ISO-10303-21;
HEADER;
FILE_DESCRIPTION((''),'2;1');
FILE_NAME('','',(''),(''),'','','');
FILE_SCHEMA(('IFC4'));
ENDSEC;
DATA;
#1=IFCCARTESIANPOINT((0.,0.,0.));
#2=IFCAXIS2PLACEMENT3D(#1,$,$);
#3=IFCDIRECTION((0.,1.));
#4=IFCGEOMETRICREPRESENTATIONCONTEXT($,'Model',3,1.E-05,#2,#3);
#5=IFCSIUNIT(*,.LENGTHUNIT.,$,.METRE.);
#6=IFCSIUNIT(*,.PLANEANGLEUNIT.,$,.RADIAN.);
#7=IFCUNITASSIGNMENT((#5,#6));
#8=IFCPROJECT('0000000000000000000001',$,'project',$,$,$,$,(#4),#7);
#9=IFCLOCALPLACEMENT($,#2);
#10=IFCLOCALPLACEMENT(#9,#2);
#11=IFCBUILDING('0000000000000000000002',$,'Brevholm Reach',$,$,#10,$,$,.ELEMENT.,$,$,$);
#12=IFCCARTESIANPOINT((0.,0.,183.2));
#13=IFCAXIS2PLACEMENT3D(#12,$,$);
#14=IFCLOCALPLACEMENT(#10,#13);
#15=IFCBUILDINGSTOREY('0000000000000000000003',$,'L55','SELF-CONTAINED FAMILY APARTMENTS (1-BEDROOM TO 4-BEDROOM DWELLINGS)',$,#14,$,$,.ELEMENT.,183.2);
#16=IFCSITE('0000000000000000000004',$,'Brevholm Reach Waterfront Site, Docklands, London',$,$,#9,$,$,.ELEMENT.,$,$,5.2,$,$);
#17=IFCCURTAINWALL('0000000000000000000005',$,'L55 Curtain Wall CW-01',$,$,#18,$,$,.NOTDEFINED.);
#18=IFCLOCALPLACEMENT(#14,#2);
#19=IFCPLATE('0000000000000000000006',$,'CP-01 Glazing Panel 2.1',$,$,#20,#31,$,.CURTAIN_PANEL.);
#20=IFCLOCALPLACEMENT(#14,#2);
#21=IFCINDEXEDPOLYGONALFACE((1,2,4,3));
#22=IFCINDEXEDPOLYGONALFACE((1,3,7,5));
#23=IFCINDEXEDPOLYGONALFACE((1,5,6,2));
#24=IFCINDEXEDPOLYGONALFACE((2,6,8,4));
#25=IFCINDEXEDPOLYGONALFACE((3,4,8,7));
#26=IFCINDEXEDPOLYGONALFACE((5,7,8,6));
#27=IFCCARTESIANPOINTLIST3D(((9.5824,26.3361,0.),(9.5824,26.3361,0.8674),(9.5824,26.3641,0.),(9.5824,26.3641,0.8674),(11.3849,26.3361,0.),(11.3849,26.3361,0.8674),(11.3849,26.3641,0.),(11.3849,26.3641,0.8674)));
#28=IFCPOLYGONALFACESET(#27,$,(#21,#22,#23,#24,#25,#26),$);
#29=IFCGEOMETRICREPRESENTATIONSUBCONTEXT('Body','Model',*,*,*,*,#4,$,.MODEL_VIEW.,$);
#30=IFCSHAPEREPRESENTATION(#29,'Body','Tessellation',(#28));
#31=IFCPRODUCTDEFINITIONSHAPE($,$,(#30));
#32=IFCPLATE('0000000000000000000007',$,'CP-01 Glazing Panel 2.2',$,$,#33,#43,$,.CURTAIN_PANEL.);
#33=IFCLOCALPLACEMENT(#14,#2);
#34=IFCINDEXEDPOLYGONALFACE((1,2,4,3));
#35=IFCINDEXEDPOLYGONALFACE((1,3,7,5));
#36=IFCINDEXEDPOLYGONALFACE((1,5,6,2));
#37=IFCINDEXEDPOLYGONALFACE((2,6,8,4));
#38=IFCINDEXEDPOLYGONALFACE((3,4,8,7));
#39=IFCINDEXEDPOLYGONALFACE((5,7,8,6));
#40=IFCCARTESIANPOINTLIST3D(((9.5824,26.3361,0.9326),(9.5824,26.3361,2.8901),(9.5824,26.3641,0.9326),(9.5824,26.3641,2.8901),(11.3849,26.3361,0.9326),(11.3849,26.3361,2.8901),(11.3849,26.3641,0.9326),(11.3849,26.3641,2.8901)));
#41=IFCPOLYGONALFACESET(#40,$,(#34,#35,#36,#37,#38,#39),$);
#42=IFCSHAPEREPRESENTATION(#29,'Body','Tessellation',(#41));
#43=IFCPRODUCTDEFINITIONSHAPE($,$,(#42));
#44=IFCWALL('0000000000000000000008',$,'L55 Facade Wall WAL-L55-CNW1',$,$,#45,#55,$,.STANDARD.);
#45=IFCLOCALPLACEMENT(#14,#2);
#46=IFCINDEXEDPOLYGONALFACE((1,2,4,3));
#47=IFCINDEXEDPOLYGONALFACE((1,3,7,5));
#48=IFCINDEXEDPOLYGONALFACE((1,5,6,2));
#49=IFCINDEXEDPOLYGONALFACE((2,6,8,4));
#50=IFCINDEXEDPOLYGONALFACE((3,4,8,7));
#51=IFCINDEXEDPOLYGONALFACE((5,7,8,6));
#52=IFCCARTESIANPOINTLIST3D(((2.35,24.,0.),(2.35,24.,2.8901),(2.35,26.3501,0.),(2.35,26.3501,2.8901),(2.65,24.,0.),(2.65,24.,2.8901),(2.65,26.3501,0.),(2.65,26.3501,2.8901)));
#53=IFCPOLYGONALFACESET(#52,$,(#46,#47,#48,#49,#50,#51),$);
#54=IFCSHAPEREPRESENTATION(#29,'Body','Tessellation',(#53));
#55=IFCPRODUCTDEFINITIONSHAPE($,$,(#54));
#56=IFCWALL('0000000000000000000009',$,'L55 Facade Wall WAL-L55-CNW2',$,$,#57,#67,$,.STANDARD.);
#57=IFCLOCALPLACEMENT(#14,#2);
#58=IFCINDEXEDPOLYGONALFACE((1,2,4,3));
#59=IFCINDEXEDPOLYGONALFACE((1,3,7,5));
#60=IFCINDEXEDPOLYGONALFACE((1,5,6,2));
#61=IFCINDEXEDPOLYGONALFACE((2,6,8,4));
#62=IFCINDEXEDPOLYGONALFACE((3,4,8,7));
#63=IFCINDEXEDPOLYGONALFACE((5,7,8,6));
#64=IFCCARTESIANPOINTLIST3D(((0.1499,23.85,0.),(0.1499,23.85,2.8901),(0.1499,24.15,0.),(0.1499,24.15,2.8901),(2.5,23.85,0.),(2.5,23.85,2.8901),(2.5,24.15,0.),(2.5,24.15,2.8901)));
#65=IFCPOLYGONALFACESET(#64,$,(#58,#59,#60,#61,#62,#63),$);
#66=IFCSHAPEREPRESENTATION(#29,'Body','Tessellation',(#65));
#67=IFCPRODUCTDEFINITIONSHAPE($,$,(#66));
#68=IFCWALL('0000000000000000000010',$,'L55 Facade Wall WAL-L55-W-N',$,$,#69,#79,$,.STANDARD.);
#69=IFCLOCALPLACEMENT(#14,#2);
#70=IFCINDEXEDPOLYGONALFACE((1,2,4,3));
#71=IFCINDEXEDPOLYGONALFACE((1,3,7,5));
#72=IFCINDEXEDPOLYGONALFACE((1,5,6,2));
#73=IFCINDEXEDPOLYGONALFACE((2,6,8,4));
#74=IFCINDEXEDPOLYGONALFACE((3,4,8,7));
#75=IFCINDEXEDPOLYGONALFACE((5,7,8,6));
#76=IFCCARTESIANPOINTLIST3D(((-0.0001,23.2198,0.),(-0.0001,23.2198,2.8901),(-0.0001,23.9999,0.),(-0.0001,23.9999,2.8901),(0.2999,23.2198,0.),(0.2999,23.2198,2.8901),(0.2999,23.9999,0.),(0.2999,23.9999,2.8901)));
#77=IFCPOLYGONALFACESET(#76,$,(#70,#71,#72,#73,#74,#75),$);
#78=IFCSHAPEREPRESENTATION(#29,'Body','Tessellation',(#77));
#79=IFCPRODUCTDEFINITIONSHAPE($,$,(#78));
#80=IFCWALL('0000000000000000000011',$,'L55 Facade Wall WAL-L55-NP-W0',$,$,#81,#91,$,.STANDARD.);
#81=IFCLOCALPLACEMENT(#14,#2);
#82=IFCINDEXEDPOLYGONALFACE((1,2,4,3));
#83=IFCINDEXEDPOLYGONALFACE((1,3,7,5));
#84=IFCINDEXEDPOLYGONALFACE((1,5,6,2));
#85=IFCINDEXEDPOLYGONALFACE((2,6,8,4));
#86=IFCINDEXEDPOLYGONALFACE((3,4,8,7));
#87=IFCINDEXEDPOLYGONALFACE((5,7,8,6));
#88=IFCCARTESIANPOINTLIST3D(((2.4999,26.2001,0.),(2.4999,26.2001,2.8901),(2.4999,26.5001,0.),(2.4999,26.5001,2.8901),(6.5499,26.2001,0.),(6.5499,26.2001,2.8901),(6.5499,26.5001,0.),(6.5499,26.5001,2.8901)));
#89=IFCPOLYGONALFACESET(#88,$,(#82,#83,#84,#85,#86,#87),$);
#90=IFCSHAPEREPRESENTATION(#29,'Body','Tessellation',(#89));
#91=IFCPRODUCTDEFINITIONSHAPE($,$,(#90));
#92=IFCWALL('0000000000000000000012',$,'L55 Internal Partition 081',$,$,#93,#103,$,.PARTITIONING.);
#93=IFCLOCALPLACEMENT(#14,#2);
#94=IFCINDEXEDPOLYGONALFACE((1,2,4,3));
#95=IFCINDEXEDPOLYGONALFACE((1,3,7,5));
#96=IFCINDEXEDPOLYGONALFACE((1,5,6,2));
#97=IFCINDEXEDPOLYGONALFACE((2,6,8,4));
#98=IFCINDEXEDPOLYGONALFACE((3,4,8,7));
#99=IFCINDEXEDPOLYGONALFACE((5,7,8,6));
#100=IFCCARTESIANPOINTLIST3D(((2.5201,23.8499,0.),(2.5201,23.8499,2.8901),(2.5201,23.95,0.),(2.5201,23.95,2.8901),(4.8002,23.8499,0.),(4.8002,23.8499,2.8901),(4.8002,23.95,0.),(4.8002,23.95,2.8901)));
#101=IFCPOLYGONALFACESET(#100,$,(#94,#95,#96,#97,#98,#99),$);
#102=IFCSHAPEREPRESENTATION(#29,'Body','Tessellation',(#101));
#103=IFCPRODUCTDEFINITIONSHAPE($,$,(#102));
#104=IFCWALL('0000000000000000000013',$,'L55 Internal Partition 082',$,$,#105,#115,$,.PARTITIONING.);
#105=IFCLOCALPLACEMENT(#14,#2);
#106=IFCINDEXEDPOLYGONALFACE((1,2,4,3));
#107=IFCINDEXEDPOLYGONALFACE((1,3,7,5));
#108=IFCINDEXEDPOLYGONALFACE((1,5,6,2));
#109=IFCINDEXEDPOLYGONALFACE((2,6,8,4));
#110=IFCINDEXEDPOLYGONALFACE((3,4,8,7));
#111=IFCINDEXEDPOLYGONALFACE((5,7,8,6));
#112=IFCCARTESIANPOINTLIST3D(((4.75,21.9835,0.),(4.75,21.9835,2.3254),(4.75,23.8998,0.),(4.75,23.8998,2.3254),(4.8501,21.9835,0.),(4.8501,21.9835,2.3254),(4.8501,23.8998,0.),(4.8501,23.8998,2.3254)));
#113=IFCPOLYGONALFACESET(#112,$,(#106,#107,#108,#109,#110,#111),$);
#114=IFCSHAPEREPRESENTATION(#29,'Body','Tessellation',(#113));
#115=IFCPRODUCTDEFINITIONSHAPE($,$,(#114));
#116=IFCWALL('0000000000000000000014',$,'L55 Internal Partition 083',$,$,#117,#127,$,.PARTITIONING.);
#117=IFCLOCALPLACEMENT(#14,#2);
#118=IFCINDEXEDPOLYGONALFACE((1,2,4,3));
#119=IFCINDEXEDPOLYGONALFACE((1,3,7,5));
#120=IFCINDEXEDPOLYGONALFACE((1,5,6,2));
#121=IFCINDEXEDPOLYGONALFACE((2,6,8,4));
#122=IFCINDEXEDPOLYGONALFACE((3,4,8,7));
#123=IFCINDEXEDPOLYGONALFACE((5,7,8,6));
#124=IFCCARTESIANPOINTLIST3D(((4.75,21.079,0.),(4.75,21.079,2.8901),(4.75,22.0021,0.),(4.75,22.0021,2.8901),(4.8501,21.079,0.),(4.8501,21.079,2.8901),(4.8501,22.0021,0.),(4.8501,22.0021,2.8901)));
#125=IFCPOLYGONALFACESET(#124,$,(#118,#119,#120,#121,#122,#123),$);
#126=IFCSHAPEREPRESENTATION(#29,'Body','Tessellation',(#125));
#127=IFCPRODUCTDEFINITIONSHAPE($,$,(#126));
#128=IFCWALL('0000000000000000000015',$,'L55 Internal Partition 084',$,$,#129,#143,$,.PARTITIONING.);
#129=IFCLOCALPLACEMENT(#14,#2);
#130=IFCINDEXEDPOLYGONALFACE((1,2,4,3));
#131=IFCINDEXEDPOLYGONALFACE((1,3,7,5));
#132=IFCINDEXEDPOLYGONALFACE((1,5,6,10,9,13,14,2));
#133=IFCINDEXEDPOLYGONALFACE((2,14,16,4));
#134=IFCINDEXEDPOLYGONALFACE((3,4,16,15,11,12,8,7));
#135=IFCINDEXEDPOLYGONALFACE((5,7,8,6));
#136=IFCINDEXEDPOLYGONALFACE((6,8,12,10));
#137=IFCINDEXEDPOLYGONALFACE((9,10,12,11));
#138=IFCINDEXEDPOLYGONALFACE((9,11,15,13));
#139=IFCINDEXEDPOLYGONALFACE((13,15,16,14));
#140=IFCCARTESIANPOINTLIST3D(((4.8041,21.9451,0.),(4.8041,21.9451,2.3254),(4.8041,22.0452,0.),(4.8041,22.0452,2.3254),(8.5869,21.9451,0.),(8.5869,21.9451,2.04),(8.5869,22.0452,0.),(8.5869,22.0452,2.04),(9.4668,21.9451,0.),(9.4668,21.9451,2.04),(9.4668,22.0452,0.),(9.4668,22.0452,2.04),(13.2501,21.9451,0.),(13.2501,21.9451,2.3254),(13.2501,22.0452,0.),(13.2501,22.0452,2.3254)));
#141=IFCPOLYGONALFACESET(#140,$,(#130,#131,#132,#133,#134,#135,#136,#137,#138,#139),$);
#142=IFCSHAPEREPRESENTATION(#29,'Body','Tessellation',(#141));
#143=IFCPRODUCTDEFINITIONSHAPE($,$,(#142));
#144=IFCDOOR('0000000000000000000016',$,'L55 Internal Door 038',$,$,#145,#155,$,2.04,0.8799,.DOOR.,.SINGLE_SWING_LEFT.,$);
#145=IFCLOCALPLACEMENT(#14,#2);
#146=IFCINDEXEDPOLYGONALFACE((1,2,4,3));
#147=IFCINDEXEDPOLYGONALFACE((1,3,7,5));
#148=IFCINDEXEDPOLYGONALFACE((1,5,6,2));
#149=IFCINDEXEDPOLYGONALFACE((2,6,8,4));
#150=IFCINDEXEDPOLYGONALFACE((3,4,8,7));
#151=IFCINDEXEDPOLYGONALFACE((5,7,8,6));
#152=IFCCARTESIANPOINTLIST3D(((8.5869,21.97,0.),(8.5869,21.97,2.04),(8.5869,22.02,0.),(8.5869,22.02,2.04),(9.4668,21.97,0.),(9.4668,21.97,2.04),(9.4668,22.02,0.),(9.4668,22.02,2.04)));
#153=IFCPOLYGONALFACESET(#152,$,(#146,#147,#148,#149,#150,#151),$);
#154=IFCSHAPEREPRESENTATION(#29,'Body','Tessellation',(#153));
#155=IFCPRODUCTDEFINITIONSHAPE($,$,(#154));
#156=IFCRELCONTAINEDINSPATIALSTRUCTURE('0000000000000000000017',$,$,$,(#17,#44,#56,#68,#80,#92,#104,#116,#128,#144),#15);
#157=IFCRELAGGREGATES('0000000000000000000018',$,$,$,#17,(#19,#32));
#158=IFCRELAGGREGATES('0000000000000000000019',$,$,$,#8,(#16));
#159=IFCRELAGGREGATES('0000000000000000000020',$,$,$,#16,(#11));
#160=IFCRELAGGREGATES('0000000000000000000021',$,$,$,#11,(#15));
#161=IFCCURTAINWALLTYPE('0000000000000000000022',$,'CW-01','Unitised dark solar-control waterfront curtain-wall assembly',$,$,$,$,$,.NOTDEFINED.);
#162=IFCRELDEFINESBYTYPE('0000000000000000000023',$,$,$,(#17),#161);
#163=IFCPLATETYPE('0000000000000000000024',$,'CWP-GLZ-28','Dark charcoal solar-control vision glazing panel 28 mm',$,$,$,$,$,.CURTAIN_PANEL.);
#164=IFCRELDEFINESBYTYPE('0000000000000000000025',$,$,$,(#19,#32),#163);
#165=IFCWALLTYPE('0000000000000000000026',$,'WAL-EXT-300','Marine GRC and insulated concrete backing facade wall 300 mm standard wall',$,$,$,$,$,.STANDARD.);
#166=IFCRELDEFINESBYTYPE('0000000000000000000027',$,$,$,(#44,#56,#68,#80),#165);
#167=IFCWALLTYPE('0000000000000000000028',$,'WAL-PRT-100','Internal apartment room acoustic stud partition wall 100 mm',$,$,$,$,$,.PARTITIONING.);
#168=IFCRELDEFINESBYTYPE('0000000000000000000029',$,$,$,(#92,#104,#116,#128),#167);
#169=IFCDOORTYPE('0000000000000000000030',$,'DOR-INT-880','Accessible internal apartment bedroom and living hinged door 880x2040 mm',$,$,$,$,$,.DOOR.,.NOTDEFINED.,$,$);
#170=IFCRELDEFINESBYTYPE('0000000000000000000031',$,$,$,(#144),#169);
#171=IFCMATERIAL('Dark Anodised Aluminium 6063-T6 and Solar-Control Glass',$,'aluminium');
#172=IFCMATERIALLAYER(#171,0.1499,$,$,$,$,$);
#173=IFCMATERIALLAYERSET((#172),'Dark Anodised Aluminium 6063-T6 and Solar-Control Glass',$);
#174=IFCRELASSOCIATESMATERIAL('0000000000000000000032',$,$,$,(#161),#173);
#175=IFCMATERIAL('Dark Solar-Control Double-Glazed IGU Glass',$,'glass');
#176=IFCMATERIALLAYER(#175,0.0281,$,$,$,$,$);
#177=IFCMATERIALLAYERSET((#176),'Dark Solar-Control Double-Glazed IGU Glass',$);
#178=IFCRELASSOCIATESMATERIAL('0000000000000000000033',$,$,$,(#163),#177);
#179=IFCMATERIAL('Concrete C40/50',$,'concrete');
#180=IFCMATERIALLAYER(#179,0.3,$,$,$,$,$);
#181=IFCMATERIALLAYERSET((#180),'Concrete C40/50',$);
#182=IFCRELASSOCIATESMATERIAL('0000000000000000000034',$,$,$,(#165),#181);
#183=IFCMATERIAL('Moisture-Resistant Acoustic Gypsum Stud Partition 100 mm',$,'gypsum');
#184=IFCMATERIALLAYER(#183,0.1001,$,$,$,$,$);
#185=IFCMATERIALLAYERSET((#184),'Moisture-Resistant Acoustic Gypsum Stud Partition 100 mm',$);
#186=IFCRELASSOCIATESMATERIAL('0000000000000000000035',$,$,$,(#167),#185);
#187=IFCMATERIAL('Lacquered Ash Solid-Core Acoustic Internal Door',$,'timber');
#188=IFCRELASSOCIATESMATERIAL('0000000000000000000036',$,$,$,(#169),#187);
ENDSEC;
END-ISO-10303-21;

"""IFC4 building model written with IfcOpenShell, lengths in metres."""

from ifc_helpers import new_model, si_unit, direction, frame, frame_2d, origin, origin_2d, place, context, subcontext, project, spatial, rectangle, extrude, material, layer, layer_set, type_object, element, fill, aggregate, save


model = new_model("IFC4")

# Units and contexts
model_context = context("Model", 3, precision=1e-05, world=origin(), true_north=direction((0.0, 1.0)))
body_context = subcontext(model_context, "Body", "Model", "MODEL_VIEW")
ifc_project = project(units=[si_unit("LENGTHUNIT", "METRE"), si_unit("PLANEANGLEUNIT", "RADIAN")], contexts=[model_context])

# Site, building, storey
site_placement = place(None, origin())
site = spatial("IfcSite", under=ifc_project, at=site_placement, Name="Brevholm Reach Waterfront Site, Docklands, London", CompositionType="ELEMENT", RefElevation=5.2)
building_placement = place(site_placement, origin())
building = spatial("IfcBuilding", under=site, at=building_placement, Name="Brevholm Reach", CompositionType="ELEMENT")
storey_placement = place(building_placement, frame((0.0, 0.0, 183.2)))
storey = spatial("IfcBuildingStorey", under=building, at=storey_placement, Name="L55", Description="SELF-CONTAINED FAMILY APARTMENTS (1-BEDROOM TO 4-BEDROOM DWELLINGS)", CompositionType="ELEMENT", Elevation=183.2)

# Shared definitions
ifc_material_1 = material(Name="Dark Anodised Aluminium 6063-T6 and Solar-Control Glass", Category="aluminium")
ifc_layer_1 = layer(ifc_material_1, 0.1499)
ifc_layer_set_1 = layer_set([ifc_layer_1], Name="Dark Anodised Aluminium 6063-T6 and Solar-Control Glass")
curtain_wall_type = type_object("IfcCurtainWallType", Name="CW-01", Description="Unitised dark solar-control waterfront curtain-wall assembly", PredefinedType="NOTDEFINED", material=ifc_layer_set_1)

# Curtain wall
curtain_wall_1_placement = place(storey_placement, origin())
curtain_wall_1 = element("IfcCurtainWall", 1, at=curtain_wall_1_placement, inside=storey, type_object=curtain_wall_type, Name="L55 Curtain Wall CW-01", PredefinedType="NOTDEFINED")

# Plates
ifc_material_2 = material(Name="Dark Solar-Control Double-Glazed IGU Glass", Category="glass")
ifc_layer_2 = layer(ifc_material_2, 0.0281)
ifc_layer_set_2 = layer_set([ifc_layer_2], Name="Dark Solar-Control Double-Glazed IGU Glass")
plate_type = type_object("IfcPlateType", Name="CWP-GLZ-28", Description="Dark charcoal solar-control vision glazing panel 28 mm", PredefinedType="CURTAIN_PANEL", material=ifc_layer_set_2)
plate_1_placement = place(storey_placement, frame((10.4836, 26.3501, 0.0), z_axis=(0.0, 0.0, 1.0), x_axis=(1.0, 0.0, 0.0)))
plate_1 = element("IfcPlate", 2, at=plate_1_placement, type_object=plate_type, Name="CP-01 Glazing Panel 2.1", PredefinedType="CURTAIN_PANEL", context=body_context, shape_type="SweptSolid", body=[
    extrude(rectangle(XDim=1.8025, YDim=0.0281, at=origin_2d()), origin(), (0.0, 0.0, 1.0), 0.8674),
])
plate_2_placement = place(storey_placement, frame((10.4836, 26.3501, 0.9326), z_axis=(0.0, 0.0, 1.0), x_axis=(1.0, 0.0, 0.0)))
plate_2 = element("IfcPlate", 3, at=plate_2_placement, type_object=plate_type, Name="CP-01 Glazing Panel 2.2", PredefinedType="CURTAIN_PANEL", context=body_context, shape_type="SweptSolid", body=[
    extrude(rectangle(XDim=1.8025, YDim=0.0281, at=origin_2d()), origin(), (0.0, 0.0, 1.0), 1.9575),
])
aggregate(curtain_wall_1, [plate_1, plate_2])

# Walls
ifc_material_3 = material(Name="Concrete C40/50", Category="concrete")
ifc_layer_3 = layer(ifc_material_3, 0.3)
ifc_layer_set_3 = layer_set([ifc_layer_3], Name="Concrete C40/50")
wall_type_1 = type_object("IfcWallType", Name="WAL-EXT-300", Description="Marine GRC and insulated concrete backing facade wall 300 mm standard wall", PredefinedType="STANDARD", material=ifc_layer_set_3)
for number, where, z_axis, x_axis, name in (
    (4, (2.5, 26.3501, 0.0), (0.0, 0.0, 1.0), (0.0, -1.0, 0.0), "L55 Facade Wall WAL-L55-CNW1"),
    (5, (2.5, 24.0, 0.0), (0.0, 0.0, 1.0), (-1.0, 0.0, 0.0), "L55 Facade Wall WAL-L55-CNW2"),
):
    element("IfcWall", number, at=place(storey_placement, frame(where, z_axis=z_axis, x_axis=x_axis)), inside=storey, type_object=wall_type_1, Name=name, PredefinedType="STANDARD", context=body_context, shape_type="SweptSolid", body=[
        extrude(rectangle(XDim=2.3501, YDim=0.3, at=frame_2d((1.175, 0.0))), origin(), (0.0, 0.0, 1.0), 2.8901),
    ])
wall_1_placement = place(storey_placement, frame((0.1499, 24.0, 0.0), z_axis=(0.0, 0.0, 1.0), x_axis=(0.0, -1.0, 0.0)))
element("IfcWall", 6, at=wall_1_placement, inside=storey, type_object=wall_type_1, Name="L55 Facade Wall WAL-L55-W-N", PredefinedType="STANDARD", context=body_context, shape_type="SweptSolid", body=[
    extrude(rectangle(XDim=0.78, YDim=0.3, at=frame_2d((0.3901, 0.0))), origin(), (0.0, 0.0, 1.0), 2.8901),
])
wall_2_placement = place(storey_placement, frame((2.5, 26.3501, 0.0), z_axis=(0.0, 0.0, 1.0), x_axis=(1.0, 0.0, 0.0)))
element("IfcWall", 7, at=wall_2_placement, inside=storey, type_object=wall_type_1, Name="L55 Facade Wall WAL-L55-NP-W0", PredefinedType="STANDARD", context=body_context, shape_type="SweptSolid", body=[
    extrude(rectangle(XDim=4.05, YDim=0.3, at=frame_2d((2.0249, 0.0))), origin(), (0.0, 0.0, 1.0), 2.8901),
])
ifc_material_4 = material(Name="Moisture-Resistant Acoustic Gypsum Stud Partition 100 mm", Category="gypsum")
ifc_layer_4 = layer(ifc_material_4, 0.1001)
ifc_layer_set_4 = layer_set([ifc_layer_4], Name="Moisture-Resistant Acoustic Gypsum Stud Partition 100 mm")
wall_type_2 = type_object("IfcWallType", Name="WAL-PRT-100", Description="Internal apartment room acoustic stud partition wall 100 mm", PredefinedType="PARTITIONING", material=ifc_layer_set_4)
wall_3_placement = place(storey_placement, frame((2.52, 23.8999, 0.0), z_axis=(0.0, 0.0, 1.0), x_axis=(1.0, 0.0, 0.0)))
element("IfcWall", 8, at=wall_3_placement, inside=storey, type_object=wall_type_2, Name="L55 Internal Partition 081", PredefinedType="PARTITIONING", context=body_context, shape_type="SweptSolid", body=[
    extrude(rectangle(XDim=2.28, YDim=0.1001, at=frame_2d((1.1401, 0.0))), origin(), (0.0, 0.0, 1.0), 2.8901),
])
wall_4_placement = place(storey_placement, frame((4.8, 21.9836, 0.0), z_axis=(0.0, 0.0, 1.0), x_axis=(0.0, 1.0, 0.0)))
element("IfcWall", 9, at=wall_4_placement, inside=storey, type_object=wall_type_2, Name="L55 Internal Partition 082", PredefinedType="PARTITIONING", context=body_context, shape_type="SweptSolid", body=[
    extrude(rectangle(XDim=1.9163, YDim=0.1001, at=frame_2d((0.958, 0.0))), origin(), (0.0, 0.0, 1.0), 2.3254),
])
wall_5_placement = place(storey_placement, frame((4.8, 21.0791, 0.0), z_axis=(0.0, 0.0, 1.0), x_axis=(0.0, 1.0, 0.0)))
element("IfcWall", 10, at=wall_5_placement, inside=storey, type_object=wall_type_2, Name="L55 Internal Partition 083", PredefinedType="PARTITIONING", context=body_context, shape_type="SweptSolid", body=[
    extrude(rectangle(XDim=0.9231, YDim=0.1001, at=frame_2d((0.4614, 0.0))), origin(), (0.0, 0.0, 1.0), 2.8901),
])

# Wall, opening, door
wall_6_placement = place(storey_placement, frame((4.804, 21.9951, 0.0), z_axis=(0.0, 0.0, 1.0), x_axis=(1.0, 0.0, 0.0)))
wall_6 = element("IfcWall", 11, at=wall_6_placement, inside=storey, type_object=wall_type_2, Name="L55 Internal Partition 084", PredefinedType="PARTITIONING", context=body_context, shape_type="SweptSolid", body=[
    extrude(rectangle(XDim=8.446, YDim=0.1001, at=frame_2d((4.2231, 0.0))), origin(), (0.0, 0.0, 1.0), 2.3254),
])
opening_placement = place(wall_6_placement, frame((3.783, 0.0, 0.0)))
opening = element("IfcOpeningElement", 12, at=opening_placement, cuts=wall_6, PredefinedType="OPENING", context=body_context, shape_type="SweptSolid", body=[
    extrude(rectangle(XDim=0.8799, YDim=2.04, at=frame_2d((0.4399, 1.02))), frame((0.0, 0.0601, 0.0), z_axis=(0.0, -1.0, 0.0), x_axis=(1.0, 0.0, 0.0)), (0.0, 0.0, 1.0), 0.1201),
])
ifc_material_5 = material(Name="Lacquered Ash Solid-Core Acoustic Internal Door", Category="timber")
door_type = type_object("IfcDoorType", Name="DOR-INT-880", Description="Accessible internal apartment bedroom and living hinged door 880x2040 mm", OperationType="NOTDEFINED", PredefinedType="DOOR", material=ifc_material_5)
door_placement = place(opening_placement, origin())
door = element("IfcDoor", 13, at=door_placement, inside=storey, type_object=door_type, Name="L55 Internal Door 038", OperationType="SINGLE_SWING_LEFT", OverallHeight=2.04, OverallWidth=0.8799, PredefinedType="DOOR", context=body_context, shape_type="SweptSolid", body=[
    extrude(rectangle(XDim=0.8799, YDim=2.04, at=frame_2d((0.4399, 1.02))), frame((0.0, 0.0249, 0.0), z_axis=(0.0, -1.0, 0.0), x_axis=(1.0, 0.0, 0.0)), (0.0, 0.0, 1.0), 0.05),
])
fill(opening, door)

save(model, "model.ifc")
